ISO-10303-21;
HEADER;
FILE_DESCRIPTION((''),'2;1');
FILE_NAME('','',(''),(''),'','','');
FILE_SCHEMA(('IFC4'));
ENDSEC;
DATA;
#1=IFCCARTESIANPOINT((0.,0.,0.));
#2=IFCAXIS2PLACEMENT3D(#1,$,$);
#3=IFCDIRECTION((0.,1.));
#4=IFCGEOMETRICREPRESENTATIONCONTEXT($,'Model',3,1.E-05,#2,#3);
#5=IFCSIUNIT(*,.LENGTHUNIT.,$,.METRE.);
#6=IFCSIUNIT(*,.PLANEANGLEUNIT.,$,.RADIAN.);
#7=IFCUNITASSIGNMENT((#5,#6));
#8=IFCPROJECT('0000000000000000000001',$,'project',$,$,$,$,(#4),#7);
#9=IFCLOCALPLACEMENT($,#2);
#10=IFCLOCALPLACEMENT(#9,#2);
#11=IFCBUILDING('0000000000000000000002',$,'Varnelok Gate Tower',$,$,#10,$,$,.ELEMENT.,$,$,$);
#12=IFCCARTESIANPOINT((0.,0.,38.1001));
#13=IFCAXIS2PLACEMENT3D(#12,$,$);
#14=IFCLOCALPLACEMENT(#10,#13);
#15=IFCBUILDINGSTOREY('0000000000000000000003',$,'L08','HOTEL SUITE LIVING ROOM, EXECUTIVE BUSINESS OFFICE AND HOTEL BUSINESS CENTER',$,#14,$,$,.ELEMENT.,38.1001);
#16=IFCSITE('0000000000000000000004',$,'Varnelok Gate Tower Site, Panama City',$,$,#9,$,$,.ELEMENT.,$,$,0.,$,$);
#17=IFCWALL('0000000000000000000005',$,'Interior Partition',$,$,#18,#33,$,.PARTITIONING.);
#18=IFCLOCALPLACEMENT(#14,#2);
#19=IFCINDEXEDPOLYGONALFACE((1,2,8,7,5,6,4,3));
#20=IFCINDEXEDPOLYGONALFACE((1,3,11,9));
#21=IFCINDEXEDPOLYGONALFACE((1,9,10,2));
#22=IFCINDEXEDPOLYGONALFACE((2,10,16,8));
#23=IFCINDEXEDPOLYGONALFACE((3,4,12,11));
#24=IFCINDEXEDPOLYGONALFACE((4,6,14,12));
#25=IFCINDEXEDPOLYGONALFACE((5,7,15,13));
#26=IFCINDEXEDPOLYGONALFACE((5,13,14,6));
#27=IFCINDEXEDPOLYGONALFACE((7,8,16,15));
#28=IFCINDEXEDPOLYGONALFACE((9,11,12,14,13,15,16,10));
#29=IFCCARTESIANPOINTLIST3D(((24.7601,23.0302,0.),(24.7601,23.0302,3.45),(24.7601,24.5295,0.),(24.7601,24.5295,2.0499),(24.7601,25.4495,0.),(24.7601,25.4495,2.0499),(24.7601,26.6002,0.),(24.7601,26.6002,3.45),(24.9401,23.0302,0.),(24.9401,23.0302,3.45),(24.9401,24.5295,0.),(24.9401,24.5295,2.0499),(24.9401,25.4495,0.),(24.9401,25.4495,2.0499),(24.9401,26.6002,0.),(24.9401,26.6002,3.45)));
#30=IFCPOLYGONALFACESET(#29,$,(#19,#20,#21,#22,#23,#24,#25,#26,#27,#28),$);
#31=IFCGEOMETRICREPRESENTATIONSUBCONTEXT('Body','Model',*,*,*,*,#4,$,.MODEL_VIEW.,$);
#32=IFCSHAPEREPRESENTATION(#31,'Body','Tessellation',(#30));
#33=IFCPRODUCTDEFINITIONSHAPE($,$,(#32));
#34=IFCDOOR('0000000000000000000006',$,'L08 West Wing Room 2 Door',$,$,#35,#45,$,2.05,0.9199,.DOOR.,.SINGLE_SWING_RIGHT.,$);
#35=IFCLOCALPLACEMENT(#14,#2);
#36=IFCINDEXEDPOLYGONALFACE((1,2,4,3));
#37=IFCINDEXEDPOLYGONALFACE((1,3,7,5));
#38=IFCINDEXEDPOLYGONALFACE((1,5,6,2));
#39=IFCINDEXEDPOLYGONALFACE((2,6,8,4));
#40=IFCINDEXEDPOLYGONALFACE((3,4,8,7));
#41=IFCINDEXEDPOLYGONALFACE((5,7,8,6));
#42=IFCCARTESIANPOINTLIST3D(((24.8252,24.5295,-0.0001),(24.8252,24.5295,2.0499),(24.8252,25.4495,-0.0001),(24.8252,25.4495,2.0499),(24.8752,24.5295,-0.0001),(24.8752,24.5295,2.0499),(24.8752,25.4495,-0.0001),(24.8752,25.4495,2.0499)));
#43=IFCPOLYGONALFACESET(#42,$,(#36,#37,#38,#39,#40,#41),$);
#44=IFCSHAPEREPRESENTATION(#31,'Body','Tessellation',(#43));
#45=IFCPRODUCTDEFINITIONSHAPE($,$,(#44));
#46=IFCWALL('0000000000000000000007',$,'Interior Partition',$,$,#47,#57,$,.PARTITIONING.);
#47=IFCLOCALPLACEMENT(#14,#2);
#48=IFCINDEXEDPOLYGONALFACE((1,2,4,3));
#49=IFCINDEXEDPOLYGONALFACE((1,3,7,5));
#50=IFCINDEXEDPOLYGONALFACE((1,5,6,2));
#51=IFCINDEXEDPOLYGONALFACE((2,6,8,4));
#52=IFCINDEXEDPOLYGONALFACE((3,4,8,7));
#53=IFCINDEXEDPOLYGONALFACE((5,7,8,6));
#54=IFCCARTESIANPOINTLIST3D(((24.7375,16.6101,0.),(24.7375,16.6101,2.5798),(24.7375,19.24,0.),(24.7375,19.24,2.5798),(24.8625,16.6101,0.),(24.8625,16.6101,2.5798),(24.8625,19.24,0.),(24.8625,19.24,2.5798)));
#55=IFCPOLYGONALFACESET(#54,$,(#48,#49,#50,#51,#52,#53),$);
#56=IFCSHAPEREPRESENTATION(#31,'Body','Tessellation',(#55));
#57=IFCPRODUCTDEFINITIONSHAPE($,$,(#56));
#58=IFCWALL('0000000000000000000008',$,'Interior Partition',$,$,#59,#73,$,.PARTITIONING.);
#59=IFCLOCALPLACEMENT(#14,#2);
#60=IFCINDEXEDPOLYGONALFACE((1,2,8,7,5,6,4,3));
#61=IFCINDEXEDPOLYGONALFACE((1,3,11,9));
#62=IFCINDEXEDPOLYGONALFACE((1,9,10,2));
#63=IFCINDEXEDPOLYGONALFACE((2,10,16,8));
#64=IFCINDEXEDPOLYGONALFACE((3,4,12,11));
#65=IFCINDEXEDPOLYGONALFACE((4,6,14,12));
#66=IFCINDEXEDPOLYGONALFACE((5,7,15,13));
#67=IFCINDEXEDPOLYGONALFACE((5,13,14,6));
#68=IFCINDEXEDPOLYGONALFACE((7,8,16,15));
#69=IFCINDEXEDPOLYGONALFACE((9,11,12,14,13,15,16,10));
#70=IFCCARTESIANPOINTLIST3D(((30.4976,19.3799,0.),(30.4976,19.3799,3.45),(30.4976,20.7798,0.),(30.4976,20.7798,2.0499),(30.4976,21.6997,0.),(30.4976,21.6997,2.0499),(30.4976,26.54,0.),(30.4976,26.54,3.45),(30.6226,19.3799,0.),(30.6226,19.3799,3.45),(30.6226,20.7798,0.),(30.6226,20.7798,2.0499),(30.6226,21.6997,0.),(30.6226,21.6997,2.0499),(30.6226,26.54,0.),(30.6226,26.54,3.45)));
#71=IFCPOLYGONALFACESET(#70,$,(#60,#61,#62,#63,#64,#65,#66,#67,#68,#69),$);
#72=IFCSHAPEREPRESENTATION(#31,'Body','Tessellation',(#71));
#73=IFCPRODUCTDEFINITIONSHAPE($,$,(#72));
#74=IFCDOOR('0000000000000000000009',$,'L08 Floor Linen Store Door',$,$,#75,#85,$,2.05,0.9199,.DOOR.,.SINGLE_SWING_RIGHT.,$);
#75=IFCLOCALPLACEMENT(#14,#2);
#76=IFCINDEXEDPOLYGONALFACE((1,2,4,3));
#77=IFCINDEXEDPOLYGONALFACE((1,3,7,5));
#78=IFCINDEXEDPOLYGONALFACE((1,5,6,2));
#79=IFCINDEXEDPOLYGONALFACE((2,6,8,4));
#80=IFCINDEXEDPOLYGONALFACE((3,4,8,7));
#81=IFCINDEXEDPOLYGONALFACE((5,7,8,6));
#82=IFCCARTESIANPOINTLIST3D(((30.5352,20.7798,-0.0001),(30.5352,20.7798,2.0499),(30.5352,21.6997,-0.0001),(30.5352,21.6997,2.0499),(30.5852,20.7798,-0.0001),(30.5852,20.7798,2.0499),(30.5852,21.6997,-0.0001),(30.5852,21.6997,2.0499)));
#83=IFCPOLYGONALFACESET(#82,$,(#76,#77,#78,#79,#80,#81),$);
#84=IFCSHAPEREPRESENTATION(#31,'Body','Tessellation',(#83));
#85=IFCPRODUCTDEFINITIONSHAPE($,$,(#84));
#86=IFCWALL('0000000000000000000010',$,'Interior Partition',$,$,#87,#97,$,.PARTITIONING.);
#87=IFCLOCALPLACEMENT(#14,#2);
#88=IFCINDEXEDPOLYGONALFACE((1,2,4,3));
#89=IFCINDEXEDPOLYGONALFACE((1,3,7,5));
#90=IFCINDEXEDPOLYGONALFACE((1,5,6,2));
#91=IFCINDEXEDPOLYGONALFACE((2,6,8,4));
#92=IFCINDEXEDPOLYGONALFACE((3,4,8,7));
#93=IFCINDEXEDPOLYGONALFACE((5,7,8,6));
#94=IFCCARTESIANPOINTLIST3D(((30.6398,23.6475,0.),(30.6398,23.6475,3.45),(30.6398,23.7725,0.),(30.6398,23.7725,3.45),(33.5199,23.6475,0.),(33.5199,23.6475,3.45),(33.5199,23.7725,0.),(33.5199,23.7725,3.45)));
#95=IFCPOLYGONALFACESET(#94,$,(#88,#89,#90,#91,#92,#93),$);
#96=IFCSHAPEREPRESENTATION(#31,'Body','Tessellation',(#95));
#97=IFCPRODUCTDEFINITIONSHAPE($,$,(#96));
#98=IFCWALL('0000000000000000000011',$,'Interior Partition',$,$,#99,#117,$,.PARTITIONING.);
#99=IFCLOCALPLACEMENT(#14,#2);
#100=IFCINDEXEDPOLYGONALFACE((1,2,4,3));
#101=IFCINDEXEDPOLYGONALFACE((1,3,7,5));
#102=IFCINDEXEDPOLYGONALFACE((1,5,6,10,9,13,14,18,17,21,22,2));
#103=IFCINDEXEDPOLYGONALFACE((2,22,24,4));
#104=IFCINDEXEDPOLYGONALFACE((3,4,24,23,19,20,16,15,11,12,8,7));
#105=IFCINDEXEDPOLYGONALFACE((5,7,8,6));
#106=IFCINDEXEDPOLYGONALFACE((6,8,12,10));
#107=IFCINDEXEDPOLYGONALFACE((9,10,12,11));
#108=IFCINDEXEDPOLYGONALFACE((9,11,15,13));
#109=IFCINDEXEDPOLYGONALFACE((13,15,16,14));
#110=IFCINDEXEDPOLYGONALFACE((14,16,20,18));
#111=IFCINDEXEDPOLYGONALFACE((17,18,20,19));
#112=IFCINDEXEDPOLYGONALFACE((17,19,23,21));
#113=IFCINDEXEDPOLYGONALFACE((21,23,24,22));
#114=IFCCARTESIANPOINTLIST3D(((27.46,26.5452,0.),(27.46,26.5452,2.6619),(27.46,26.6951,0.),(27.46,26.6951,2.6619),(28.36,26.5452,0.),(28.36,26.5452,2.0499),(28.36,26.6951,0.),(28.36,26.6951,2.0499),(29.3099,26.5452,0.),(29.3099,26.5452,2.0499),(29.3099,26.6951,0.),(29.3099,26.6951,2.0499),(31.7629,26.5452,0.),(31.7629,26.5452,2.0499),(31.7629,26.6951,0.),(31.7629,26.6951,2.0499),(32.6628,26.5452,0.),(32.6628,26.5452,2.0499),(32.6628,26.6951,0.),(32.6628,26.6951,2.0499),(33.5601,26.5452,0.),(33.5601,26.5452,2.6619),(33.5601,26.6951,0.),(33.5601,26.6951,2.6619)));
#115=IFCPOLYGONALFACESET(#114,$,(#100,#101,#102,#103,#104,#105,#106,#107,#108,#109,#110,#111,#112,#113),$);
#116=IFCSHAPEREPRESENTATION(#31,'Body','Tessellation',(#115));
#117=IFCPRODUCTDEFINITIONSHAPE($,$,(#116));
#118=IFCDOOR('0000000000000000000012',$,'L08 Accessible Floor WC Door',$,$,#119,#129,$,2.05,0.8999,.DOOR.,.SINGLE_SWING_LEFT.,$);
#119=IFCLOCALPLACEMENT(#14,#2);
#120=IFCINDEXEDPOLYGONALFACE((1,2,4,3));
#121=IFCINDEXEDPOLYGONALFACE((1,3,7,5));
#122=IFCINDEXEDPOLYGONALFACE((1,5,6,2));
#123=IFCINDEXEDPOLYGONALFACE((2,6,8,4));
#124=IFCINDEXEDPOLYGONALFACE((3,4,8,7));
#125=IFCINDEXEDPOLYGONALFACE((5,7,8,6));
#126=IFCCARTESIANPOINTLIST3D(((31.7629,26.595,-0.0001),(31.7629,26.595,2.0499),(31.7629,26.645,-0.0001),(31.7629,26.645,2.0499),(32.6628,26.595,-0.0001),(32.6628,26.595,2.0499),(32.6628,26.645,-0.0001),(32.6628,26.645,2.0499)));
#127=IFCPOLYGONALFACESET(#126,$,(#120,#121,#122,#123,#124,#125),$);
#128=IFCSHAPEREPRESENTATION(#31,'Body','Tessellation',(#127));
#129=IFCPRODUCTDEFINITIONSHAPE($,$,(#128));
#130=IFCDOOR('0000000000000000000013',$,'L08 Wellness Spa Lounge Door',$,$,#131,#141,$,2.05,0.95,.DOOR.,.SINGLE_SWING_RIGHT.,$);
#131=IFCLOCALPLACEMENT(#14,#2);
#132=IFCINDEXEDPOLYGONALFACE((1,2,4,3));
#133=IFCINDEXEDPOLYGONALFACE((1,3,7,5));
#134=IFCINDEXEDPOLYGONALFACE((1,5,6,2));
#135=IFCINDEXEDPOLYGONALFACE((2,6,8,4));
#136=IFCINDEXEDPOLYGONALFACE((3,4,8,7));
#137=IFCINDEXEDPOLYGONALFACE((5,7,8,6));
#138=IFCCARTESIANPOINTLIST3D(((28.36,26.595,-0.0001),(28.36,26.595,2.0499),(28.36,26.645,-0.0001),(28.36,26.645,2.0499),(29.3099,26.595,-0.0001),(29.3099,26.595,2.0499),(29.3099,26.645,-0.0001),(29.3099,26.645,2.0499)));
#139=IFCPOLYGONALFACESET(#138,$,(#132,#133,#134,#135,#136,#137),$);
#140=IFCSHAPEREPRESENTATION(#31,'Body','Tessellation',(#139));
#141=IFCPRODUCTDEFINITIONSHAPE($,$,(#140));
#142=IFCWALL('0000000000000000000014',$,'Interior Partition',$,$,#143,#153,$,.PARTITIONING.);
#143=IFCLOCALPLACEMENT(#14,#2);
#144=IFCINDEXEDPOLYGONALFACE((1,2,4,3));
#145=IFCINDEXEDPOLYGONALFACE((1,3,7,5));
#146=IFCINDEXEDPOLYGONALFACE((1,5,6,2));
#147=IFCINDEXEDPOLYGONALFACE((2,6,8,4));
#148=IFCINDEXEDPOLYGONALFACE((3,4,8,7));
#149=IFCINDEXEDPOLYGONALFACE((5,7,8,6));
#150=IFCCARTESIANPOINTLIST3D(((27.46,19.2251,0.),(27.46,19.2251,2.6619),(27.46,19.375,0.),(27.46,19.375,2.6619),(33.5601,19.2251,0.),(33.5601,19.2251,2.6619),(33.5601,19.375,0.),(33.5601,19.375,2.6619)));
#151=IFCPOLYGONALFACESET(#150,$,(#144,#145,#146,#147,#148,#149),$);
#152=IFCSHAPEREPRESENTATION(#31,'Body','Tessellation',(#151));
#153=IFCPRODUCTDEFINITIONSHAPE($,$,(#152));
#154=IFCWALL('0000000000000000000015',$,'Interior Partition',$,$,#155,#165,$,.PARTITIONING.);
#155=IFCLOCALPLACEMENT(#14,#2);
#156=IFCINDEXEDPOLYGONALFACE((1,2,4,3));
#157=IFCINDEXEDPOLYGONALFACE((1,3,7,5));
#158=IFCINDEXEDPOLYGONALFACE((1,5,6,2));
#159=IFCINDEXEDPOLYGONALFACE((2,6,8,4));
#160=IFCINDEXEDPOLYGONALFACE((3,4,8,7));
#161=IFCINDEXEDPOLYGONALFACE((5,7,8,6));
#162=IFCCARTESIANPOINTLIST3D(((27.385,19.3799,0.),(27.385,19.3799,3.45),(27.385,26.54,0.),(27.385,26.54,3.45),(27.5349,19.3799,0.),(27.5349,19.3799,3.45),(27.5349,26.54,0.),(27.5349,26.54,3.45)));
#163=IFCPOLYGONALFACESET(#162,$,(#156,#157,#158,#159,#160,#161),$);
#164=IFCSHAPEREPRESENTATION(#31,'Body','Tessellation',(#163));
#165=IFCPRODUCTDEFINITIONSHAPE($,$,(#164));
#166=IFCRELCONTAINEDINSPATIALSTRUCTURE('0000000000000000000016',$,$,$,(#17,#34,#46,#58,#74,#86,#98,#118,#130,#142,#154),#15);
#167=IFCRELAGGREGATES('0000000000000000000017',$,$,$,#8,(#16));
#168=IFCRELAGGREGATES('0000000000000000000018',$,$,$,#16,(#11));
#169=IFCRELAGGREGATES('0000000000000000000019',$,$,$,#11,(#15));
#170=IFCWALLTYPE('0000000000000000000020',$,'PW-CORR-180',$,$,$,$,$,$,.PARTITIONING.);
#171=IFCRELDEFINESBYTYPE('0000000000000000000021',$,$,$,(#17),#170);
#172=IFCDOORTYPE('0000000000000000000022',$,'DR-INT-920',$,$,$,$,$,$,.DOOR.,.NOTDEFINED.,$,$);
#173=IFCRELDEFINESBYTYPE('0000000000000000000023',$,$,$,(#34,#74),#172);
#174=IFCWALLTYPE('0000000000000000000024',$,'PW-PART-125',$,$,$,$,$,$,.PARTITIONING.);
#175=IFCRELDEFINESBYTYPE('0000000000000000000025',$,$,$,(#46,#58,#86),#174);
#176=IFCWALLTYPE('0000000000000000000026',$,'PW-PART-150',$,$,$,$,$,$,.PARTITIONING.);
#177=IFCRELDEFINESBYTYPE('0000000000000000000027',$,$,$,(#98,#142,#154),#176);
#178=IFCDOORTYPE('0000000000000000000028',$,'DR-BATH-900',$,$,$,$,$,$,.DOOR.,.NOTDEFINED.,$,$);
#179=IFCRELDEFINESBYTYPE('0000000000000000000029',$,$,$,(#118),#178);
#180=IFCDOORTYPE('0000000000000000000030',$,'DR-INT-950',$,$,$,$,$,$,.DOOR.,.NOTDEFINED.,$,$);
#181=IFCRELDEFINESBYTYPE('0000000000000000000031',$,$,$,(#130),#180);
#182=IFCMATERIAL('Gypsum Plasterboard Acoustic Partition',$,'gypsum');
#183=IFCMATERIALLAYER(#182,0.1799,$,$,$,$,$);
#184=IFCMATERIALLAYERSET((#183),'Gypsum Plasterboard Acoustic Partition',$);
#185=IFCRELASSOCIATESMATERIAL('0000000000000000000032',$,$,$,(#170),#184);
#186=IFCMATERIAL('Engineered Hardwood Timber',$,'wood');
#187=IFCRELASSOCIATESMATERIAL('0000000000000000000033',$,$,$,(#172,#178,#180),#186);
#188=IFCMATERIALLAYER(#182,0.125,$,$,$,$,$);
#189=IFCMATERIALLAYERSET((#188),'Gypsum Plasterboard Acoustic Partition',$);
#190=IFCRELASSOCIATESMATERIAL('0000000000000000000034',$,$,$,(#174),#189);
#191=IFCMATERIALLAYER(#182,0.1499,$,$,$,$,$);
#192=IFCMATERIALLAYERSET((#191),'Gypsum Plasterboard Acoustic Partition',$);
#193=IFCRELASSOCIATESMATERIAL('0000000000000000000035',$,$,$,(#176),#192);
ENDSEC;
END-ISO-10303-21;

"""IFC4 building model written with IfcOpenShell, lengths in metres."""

from ifc_helpers import new_model, si_unit, direction, frame, frame_2d, origin, place, context, subcontext, project, spatial, rectangle, extrude, material, layer, layer_set, type_object, element, fill, save


model = new_model("IFC4")

# Units and contexts
model_context = context("Model", 3, precision=1e-05, world=origin(), true_north=direction((0.0, 1.0)))
body_context = subcontext(model_context, "Body", "Model", "MODEL_VIEW")
ifc_project = project(units=[si_unit("LENGTHUNIT", "METRE"), si_unit("PLANEANGLEUNIT", "RADIAN")], contexts=[model_context])

# Site, building, storey
site_placement = place(None, origin())
site = spatial("IfcSite", under=ifc_project, at=site_placement, Name="Varnelok Gate Tower Site, Panama City", CompositionType="ELEMENT", RefElevation=0.0)
building_placement = place(site_placement, origin())
building = spatial("IfcBuilding", under=site, at=building_placement, Name="Varnelok Gate Tower", CompositionType="ELEMENT")
storey_placement = place(building_placement, frame((0.0, 0.0, 38.1001)))
storey = spatial("IfcBuildingStorey", under=building, at=storey_placement, Name="L08", Description="HOTEL SUITE LIVING ROOM, EXECUTIVE BUSINESS OFFICE AND HOTEL BUSINESS CENTER", CompositionType="ELEMENT", Elevation=38.1001)

# Wall, opening, door
ifc_material_1 = material(Name="Gypsum Plasterboard Acoustic Partition", Category="gypsum")
ifc_layer_1 = layer(ifc_material_1, 0.1799)
ifc_layer_set_1 = layer_set([ifc_layer_1], Name="Gypsum Plasterboard Acoustic Partition")
wall_type_1 = type_object("IfcWallType", Name="PW-CORR-180", PredefinedType="PARTITIONING", material=ifc_layer_set_1)
ifc_material_2 = material(Name="Engineered Hardwood Timber", Category="wood")
door_type_1 = type_object("IfcDoorType", Name="DR-INT-920", OperationType="NOTDEFINED", PredefinedType="DOOR", material=ifc_material_2)
wall_1_placement = place(storey_placement, frame((24.8501, 23.03, 0.0), z_axis=(0.0, 0.0, 1.0), x_axis=(0.0, 1.0, 0.0)))
wall_1 = element("IfcWall", 1, at=wall_1_placement, inside=storey, type_object=wall_type_1, Name="Interior Partition", PredefinedType="PARTITIONING", context=body_context, shape_type="SweptSolid", body=[
    extrude(rectangle(XDim=3.5701, YDim=0.1799, at=frame_2d((1.7852, 0.0))), origin(), (0.0, 0.0, 1.0), 3.45),
])
opening_1_placement = place(wall_1_placement, frame((1.4995, 0.0, 0.0)))
opening_1 = element("IfcOpeningElement", 2, at=opening_1_placement, cuts=wall_1, PredefinedType="OPENING", context=body_context, shape_type="SweptSolid", body=[
    extrude(rectangle(XDim=0.9199, YDim=2.05, at=frame_2d((0.46, 1.0249))), frame((0.0, 0.0999, 0.0), z_axis=(0.0, -1.0, 0.0), x_axis=(1.0, 0.0, 0.0)), (0.0, 0.0, 1.0), 0.2),
])
door_1_placement = place(opening_1_placement, origin())
door_1 = element("IfcDoor", 3, at=door_1_placement, inside=storey, type_object=door_type_1, Name="L08 West Wing Room 2 Door", OperationType="SINGLE_SWING_RIGHT", OverallHeight=2.05, OverallWidth=0.9199, PredefinedType="DOOR", context=body_context, shape_type="SweptSolid", body=[
    extrude(rectangle(XDim=0.9199, YDim=2.05, at=frame_2d((0.46, 1.0249))), frame((0.0, 0.0249, 0.0), z_axis=(0.0, -1.0, 0.0), x_axis=(1.0, 0.0, 0.0)), (0.0, 0.0, 1.0), 0.05),
])
fill(opening_1, door_1)

# Wall
ifc_layer_2 = layer(ifc_material_1, 0.125)
ifc_layer_set_2 = layer_set([ifc_layer_2], Name="Gypsum Plasterboard Acoustic Partition")
wall_type_2 = type_object("IfcWallType", Name="PW-PART-125", PredefinedType="PARTITIONING", material=ifc_layer_set_2)
wall_2_placement = place(storey_placement, frame((24.8, 16.6101, 0.0), z_axis=(0.0, 0.0, 1.0), x_axis=(0.0, 1.0, 0.0)))
element("IfcWall", 4, at=wall_2_placement, inside=storey, type_object=wall_type_2, Name="Interior Partition", PredefinedType="PARTITIONING", context=body_context, shape_type="SweptSolid", body=[
    extrude(rectangle(XDim=2.6299, YDim=0.125, at=frame_2d((1.3149, 0.0))), origin(), (0.0, 0.0, 1.0), 2.5798),
])

# Wall, opening, door
wall_3_placement = place(storey_placement, frame((30.5601, 19.3799, 0.0), z_axis=(0.0, 0.0, 1.0), x_axis=(0.0, 1.0, 0.0)))
wall_3 = element("IfcWall", 5, at=wall_3_placement, inside=storey, type_object=wall_type_2, Name="Interior Partition", PredefinedType="PARTITIONING", context=body_context, shape_type="SweptSolid", body=[
    extrude(rectangle(XDim=7.1602, YDim=0.125, at=frame_2d((3.5801, 0.0))), origin(), (0.0, 0.0, 1.0), 3.45),
])
opening_2_placement = place(wall_3_placement, frame((1.3999, 0.0, 0.0)))
opening_2 = element("IfcOpeningElement", 6, at=opening_2_placement, cuts=wall_3, PredefinedType="OPENING", context=body_context, shape_type="SweptSolid", body=[
    extrude(rectangle(XDim=0.9199, YDim=2.05, at=frame_2d((0.46, 1.0249))), frame((0.0, 0.0725, 0.0), z_axis=(0.0, -1.0, 0.0), x_axis=(1.0, 0.0, 0.0)), (0.0, 0.0, 1.0), 0.145),
])
door_2_placement = place(opening_2_placement, origin())
door_2 = element("IfcDoor", 7, at=door_2_placement, inside=storey, type_object=door_type_1, Name="L08 Floor Linen Store Door", OperationType="SINGLE_SWING_RIGHT", OverallHeight=2.05, OverallWidth=0.9199, PredefinedType="DOOR", context=body_context, shape_type="SweptSolid", body=[
    extrude(rectangle(XDim=0.9199, YDim=2.05, at=frame_2d((0.46, 1.0249))), frame((0.0, 0.0249, 0.0), z_axis=(0.0, -1.0, 0.0), x_axis=(1.0, 0.0, 0.0)), (0.0, 0.0, 1.0), 0.05),
])
fill(opening_2, door_2)

# Wall
wall_4_placement = place(storey_placement, frame((30.6399, 23.71, 0.0), z_axis=(0.0, 0.0, 1.0), x_axis=(1.0, 0.0, 0.0)))
element("IfcWall", 8, at=wall_4_placement, inside=storey, type_object=wall_type_2, Name="Interior Partition", PredefinedType="PARTITIONING", context=body_context, shape_type="SweptSolid", body=[
    extrude(rectangle(XDim=2.8801, YDim=0.125, at=frame_2d((1.4399, 0.0))), origin(), (0.0, 0.0, 1.0), 3.45),
])

# Wall, openings, doors
ifc_layer_3 = layer(ifc_material_1, 0.1499)
ifc_layer_set_3 = layer_set([ifc_layer_3], Name="Gypsum Plasterboard Acoustic Partition")
wall_type_3 = type_object("IfcWallType", Name="PW-PART-150", PredefinedType="PARTITIONING", material=ifc_layer_set_3)
wall_5_placement = place(storey_placement, frame((27.46, 26.6201, 0.0), z_axis=(0.0, 0.0, 1.0), x_axis=(1.0, 0.0, 0.0)))
wall_5 = element("IfcWall", 9, at=wall_5_placement, inside=storey, type_object=wall_type_3, Name="Interior Partition", PredefinedType="PARTITIONING", context=body_context, shape_type="SweptSolid", body=[
    extrude(rectangle(XDim=6.1001, YDim=0.1499, at=frame_2d((3.05, 0.0))), origin(), (0.0, 0.0, 1.0), 2.6619),
])
opening_3_placement = place(wall_5_placement, frame((0.8999, 0.0, 0.0)))
opening_3 = element("IfcOpeningElement", 10, at=opening_3_placement, cuts=wall_5, PredefinedType="OPENING", context=body_context, shape_type="SweptSolid", body=[
    extrude(rectangle(XDim=0.95, YDim=2.05, at=frame_2d((0.4751, 1.0249))), frame((0.0, 0.085, 0.0), z_axis=(0.0, -1.0, 0.0), x_axis=(1.0, 0.0, 0.0)), (0.0, 0.0, 1.0), 0.1699),
])
opening_4_placement = place(wall_5_placement, frame((4.303, 0.0, 0.0)))
opening_4 = element("IfcOpeningElement", 11, at=opening_4_placement, cuts=wall_5, PredefinedType="OPENING", context=body_context, shape_type="SweptSolid", body=[
    extrude(rectangle(XDim=0.8999, YDim=2.05, at=frame_2d((0.45, 1.0249))), frame((0.0, 0.085, 0.0), z_axis=(0.0, -1.0, 0.0), x_axis=(1.0, 0.0, 0.0)), (0.0, 0.0, 1.0), 0.1699),
])
door_type_2 = type_object("IfcDoorType", Name="DR-BATH-900", OperationType="NOTDEFINED", PredefinedType="DOOR", material=ifc_material_2)
door_3_placement = place(opening_4_placement, origin())
door_3 = element("IfcDoor", 12, at=door_3_placement, inside=storey, type_object=door_type_2, Name="L08 Accessible Floor WC Door", OperationType="SINGLE_SWING_LEFT", OverallHeight=2.05, OverallWidth=0.8999, PredefinedType="DOOR", context=body_context, shape_type="SweptSolid", body=[
    extrude(rectangle(XDim=0.8999, YDim=2.05, at=frame_2d((0.45, 1.0249))), frame((0.0, 0.0249, 0.0), z_axis=(0.0, -1.0, 0.0), x_axis=(1.0, 0.0, 0.0)), (0.0, 0.0, 1.0), 0.05),
])
fill(opening_4, door_3)
door_type_3 = type_object("IfcDoorType", Name="DR-INT-950", OperationType="NOTDEFINED", PredefinedType="DOOR", material=ifc_material_2)
door_4_placement = place(opening_3_placement, origin())
door_4 = element("IfcDoor", 13, at=door_4_placement, inside=storey, type_object=door_type_3, Name="L08 Wellness Spa Lounge Door", OperationType="SINGLE_SWING_RIGHT", OverallHeight=2.05, OverallWidth=0.95, PredefinedType="DOOR", context=body_context, shape_type="SweptSolid", body=[
    extrude(rectangle(XDim=0.95, YDim=2.05, at=frame_2d((0.4751, 1.0249))), frame((0.0, 0.0249, 0.0), z_axis=(0.0, -1.0, 0.0), x_axis=(1.0, 0.0, 0.0)), (0.0, 0.0, 1.0), 0.05),
])
fill(opening_3, door_4)

# Walls
wall_6_placement = place(storey_placement, frame((27.46, 19.3, 0.0), z_axis=(0.0, 0.0, 1.0), x_axis=(1.0, 0.0, 0.0)))
element("IfcWall", 14, at=wall_6_placement, inside=storey, type_object=wall_type_3, Name="Interior Partition", PredefinedType="PARTITIONING", context=body_context, shape_type="SweptSolid", body=[
    extrude(rectangle(XDim=6.1001, YDim=0.1499, at=frame_2d((3.05, 0.0))), origin(), (0.0, 0.0, 1.0), 2.6619),
])
wall_7_placement = place(storey_placement, frame((27.46, 19.3799, 0.0), z_axis=(0.0, 0.0, 1.0), x_axis=(0.0, 1.0, 0.0)))
element("IfcWall", 15, at=wall_7_placement, inside=storey, type_object=wall_type_3, Name="Interior Partition", PredefinedType="PARTITIONING", context=body_context, shape_type="SweptSolid", body=[
    extrude(rectangle(XDim=7.1602, YDim=0.1499, at=frame_2d((3.5801, 0.0))), origin(), (0.0, 0.0, 1.0), 3.45),
])

save(model, "model.ifc")
